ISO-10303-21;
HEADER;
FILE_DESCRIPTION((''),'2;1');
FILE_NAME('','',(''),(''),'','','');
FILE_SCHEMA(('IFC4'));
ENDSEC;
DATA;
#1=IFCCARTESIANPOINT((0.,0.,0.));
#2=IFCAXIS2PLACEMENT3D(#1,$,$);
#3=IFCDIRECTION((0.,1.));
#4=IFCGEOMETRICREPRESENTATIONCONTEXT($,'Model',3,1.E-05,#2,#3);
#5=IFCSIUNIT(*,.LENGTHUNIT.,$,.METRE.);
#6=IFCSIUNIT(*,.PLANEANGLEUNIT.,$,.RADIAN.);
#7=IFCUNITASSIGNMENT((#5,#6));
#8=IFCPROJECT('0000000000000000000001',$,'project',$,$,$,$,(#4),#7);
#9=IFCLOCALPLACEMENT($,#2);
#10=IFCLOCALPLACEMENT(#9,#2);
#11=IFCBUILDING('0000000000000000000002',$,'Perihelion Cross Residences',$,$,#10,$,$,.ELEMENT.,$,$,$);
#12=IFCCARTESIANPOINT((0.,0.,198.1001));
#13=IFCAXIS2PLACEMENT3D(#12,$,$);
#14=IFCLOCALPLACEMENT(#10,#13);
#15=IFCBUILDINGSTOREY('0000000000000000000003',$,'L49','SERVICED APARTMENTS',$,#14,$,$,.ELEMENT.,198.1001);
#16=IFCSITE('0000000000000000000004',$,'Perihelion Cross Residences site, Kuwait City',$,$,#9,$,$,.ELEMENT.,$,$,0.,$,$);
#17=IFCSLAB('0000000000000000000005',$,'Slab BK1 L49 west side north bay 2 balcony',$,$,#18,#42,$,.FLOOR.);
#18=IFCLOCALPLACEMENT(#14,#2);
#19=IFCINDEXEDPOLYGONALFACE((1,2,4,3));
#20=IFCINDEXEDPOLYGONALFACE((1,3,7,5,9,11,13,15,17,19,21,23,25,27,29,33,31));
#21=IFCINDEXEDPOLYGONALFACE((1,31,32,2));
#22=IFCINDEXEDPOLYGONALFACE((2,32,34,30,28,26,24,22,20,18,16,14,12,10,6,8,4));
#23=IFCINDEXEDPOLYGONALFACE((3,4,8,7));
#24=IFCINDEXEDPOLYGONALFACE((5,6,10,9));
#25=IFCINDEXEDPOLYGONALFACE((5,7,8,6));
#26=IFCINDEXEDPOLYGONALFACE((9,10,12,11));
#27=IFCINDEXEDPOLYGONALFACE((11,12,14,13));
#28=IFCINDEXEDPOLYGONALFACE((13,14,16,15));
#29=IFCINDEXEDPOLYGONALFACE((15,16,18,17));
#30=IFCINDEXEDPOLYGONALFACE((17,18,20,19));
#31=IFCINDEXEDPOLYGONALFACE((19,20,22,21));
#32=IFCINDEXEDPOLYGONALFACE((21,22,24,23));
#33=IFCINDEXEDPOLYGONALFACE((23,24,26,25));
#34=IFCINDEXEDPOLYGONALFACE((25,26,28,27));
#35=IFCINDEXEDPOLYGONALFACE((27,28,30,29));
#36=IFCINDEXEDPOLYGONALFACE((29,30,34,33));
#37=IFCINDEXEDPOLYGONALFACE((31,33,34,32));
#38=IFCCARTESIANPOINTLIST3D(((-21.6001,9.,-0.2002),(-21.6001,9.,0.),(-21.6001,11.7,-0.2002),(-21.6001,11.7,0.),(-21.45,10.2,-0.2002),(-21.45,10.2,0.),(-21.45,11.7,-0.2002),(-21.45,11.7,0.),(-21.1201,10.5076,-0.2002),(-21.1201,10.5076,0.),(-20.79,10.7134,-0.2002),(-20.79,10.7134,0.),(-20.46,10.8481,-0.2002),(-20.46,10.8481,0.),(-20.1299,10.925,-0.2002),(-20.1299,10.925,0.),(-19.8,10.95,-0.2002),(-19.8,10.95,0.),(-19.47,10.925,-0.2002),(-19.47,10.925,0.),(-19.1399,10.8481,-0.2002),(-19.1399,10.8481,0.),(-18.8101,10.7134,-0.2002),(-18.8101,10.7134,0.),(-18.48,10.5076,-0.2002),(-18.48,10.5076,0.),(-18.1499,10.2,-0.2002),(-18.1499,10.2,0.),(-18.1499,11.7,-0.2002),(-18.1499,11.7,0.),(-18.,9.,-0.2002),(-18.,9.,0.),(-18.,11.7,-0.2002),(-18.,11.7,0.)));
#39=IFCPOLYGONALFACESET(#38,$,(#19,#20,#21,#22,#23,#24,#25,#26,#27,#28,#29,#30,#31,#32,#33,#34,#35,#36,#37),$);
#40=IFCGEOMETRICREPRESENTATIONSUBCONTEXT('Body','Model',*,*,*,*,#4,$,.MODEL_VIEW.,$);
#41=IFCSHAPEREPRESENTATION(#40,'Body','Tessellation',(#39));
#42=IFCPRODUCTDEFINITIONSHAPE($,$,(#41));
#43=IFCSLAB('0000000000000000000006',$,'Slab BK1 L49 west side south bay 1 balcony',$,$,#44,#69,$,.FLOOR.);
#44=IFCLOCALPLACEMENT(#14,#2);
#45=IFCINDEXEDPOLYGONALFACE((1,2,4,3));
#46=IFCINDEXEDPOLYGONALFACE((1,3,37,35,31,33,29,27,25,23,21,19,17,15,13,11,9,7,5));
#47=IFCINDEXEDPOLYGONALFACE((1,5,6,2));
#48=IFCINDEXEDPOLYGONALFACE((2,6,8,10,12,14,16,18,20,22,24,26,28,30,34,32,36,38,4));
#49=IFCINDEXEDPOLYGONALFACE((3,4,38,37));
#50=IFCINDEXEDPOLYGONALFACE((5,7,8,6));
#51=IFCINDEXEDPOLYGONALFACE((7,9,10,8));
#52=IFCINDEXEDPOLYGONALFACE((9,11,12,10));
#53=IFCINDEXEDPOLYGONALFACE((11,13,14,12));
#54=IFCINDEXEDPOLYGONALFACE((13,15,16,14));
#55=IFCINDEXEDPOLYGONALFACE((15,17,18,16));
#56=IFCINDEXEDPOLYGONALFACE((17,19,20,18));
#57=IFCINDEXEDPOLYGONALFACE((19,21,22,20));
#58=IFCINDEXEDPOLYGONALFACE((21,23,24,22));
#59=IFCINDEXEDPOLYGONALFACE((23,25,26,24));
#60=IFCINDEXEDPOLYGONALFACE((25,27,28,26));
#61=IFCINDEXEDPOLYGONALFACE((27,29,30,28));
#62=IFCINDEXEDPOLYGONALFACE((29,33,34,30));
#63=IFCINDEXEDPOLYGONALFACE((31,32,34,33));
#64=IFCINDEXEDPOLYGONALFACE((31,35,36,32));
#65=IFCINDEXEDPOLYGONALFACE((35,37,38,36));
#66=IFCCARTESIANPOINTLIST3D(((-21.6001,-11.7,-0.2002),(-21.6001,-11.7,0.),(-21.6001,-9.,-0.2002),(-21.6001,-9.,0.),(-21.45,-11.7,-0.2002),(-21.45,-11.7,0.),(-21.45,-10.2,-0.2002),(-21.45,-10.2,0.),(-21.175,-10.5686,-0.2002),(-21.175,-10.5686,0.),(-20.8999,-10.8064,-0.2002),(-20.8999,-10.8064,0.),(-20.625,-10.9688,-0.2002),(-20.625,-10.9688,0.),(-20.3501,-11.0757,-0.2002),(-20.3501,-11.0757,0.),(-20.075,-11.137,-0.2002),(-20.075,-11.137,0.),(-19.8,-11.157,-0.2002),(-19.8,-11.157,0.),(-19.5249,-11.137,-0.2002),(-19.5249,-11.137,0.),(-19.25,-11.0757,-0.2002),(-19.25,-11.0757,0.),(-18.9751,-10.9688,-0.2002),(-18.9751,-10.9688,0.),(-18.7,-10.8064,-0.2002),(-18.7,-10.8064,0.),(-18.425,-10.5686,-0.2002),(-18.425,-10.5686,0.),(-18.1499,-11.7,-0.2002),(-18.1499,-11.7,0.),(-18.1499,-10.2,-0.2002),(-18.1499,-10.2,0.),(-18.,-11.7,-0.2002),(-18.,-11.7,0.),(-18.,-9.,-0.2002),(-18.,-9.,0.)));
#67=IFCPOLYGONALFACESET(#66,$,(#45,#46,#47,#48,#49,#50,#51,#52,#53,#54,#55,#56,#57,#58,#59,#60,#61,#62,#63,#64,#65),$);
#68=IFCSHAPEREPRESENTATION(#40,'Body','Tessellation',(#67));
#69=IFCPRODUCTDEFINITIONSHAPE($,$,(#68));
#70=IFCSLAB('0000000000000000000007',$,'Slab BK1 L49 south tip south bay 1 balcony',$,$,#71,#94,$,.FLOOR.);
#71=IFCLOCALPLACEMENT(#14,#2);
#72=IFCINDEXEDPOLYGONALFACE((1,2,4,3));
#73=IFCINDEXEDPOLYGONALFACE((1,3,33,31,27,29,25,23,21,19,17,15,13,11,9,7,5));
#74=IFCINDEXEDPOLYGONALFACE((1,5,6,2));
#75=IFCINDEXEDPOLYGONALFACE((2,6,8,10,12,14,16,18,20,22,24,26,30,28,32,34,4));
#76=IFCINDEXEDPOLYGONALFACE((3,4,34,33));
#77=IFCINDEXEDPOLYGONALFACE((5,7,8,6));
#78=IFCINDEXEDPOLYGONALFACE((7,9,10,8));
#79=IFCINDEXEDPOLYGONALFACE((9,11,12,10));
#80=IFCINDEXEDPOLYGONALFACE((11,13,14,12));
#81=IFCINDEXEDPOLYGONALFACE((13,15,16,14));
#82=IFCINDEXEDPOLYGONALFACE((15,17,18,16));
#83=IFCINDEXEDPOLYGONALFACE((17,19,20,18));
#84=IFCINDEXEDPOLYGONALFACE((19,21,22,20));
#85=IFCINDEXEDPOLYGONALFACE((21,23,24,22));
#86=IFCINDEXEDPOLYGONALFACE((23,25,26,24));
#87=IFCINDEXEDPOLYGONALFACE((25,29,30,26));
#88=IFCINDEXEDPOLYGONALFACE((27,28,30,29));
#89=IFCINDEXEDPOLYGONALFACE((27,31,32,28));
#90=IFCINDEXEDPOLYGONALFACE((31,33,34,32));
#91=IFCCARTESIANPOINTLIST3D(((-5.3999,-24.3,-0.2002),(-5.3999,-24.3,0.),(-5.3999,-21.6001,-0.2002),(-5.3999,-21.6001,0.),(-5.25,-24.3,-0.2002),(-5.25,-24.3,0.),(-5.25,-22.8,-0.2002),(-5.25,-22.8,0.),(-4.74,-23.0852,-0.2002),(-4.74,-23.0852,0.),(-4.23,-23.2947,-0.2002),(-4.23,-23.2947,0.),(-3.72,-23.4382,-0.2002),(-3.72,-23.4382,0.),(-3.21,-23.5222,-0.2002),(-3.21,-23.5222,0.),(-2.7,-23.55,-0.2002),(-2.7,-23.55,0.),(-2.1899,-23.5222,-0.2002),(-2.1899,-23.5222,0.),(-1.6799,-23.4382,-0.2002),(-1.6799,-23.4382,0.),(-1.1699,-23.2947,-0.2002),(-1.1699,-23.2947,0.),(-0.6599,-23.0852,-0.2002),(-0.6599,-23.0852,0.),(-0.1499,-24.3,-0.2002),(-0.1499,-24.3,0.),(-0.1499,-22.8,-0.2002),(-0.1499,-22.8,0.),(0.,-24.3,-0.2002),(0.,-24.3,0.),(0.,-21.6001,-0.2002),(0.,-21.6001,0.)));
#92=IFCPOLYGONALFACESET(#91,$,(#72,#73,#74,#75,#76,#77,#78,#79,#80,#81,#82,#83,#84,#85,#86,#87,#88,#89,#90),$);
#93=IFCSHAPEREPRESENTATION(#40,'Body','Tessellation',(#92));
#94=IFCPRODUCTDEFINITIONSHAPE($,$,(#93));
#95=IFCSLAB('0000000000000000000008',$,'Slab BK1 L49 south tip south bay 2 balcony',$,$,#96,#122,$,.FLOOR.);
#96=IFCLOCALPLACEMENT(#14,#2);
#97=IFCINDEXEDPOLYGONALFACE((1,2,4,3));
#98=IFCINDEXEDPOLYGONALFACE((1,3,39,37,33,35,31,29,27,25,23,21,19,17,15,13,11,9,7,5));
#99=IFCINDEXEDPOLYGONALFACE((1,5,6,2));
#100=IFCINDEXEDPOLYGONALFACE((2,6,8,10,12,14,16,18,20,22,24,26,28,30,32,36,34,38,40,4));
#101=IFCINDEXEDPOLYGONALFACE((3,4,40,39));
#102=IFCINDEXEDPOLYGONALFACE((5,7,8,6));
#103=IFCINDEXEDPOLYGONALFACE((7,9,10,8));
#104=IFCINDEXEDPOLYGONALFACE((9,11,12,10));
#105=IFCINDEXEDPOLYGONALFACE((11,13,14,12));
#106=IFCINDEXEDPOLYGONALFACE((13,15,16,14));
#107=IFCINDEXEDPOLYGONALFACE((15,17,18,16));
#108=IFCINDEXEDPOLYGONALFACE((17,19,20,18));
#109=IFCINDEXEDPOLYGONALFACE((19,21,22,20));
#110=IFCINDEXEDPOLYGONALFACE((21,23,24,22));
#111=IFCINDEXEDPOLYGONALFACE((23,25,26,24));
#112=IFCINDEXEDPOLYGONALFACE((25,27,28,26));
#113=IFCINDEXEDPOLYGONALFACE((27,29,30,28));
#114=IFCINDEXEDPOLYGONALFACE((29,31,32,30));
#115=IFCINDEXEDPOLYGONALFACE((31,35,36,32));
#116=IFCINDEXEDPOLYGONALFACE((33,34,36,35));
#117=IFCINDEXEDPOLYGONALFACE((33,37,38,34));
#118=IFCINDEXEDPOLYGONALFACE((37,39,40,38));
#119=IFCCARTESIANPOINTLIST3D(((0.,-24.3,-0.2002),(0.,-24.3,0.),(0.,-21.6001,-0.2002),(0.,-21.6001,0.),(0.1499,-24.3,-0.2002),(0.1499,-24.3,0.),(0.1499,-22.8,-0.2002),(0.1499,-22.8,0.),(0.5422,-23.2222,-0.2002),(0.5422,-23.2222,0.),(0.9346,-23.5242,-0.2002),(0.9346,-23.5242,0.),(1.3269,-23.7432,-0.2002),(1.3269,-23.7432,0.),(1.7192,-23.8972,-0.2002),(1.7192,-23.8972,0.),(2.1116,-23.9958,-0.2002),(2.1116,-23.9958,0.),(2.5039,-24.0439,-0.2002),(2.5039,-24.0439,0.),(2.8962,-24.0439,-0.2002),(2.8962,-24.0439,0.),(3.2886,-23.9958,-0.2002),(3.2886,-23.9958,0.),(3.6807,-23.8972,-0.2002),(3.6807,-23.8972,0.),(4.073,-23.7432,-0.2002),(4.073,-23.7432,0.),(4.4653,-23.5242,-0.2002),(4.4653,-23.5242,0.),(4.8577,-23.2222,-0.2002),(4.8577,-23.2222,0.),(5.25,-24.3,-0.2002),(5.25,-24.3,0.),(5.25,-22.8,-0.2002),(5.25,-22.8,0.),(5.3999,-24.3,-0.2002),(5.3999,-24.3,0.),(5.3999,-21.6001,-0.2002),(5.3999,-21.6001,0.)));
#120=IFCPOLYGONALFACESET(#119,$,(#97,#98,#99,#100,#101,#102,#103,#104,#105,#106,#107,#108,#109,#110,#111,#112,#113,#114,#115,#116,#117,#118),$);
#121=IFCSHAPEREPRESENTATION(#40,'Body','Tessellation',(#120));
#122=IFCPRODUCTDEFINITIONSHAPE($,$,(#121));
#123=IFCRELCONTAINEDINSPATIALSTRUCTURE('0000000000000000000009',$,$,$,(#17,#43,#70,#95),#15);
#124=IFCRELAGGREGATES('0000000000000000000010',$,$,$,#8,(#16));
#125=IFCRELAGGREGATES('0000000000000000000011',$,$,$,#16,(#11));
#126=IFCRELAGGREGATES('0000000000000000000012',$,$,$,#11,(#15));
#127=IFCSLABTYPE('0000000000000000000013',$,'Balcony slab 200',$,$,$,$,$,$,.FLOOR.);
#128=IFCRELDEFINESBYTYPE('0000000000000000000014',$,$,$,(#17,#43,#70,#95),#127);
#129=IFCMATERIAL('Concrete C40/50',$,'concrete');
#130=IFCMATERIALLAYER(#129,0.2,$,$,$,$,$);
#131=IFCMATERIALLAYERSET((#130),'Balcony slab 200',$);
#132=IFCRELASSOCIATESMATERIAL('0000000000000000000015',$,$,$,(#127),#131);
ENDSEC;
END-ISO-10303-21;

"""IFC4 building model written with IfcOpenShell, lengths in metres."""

from ifc_helpers import new_model, si_unit, direction, frame, origin, place, context, subcontext, project, spatial, polyline, outline, extrude, material, layer, layer_set, type_object, element, save


model = new_model("IFC4")

# Units and contexts
model_context = context("Model", 3, precision=1e-05, world=origin(), true_north=direction((0.0, 1.0)))
body_context = subcontext(model_context, "Body", "Model", "MODEL_VIEW")
ifc_project = project(units=[si_unit("LENGTHUNIT", "METRE"), si_unit("PLANEANGLEUNIT", "RADIAN")], contexts=[model_context])

# Site, building, storey
site_placement = place(None, origin())
site = spatial("IfcSite", under=ifc_project, at=site_placement, Name="Perihelion Cross Residences site, Kuwait City", CompositionType="ELEMENT", RefElevation=0.0)
building_placement = place(site_placement, origin())
building = spatial("IfcBuilding", under=site, at=building_placement, Name="Perihelion Cross Residences", CompositionType="ELEMENT")
storey_placement = place(building_placement, frame((0.0, 0.0, 198.1001)))
storey = spatial("IfcBuildingStorey", under=building, at=storey_placement, Name="L49", Description="SERVICED APARTMENTS", CompositionType="ELEMENT", Elevation=198.1001)

# Slabs
ifc_material_1 = material(Name="Concrete C40/50", Category="concrete")
ifc_layer_1 = layer(ifc_material_1, 0.2)
ifc_layer_set_1 = layer_set([ifc_layer_1], Name="Balcony slab 200")
slab_type_1 = type_object("IfcSlabType", Name="Balcony slab 200", PredefinedType="FLOOR", material=ifc_layer_set_1)
slab_1_placement = place(storey_placement, frame((0.0, 0.0, -0.2002)))
element("IfcSlab", 1, at=slab_1_placement, inside=storey, type_object=slab_type_1, Name="Slab BK1 L49 west side north bay 2 balcony", PredefinedType="FLOOR", context=body_context, shape_type="SweptSolid", body=[
    extrude(outline(polyline([(-18.0, 9.0), (-21.6001, 9.0), (-21.6001, 11.7), (-21.45, 11.7), (-21.45, 10.2), (-21.1201, 10.5076), (-20.79, 10.7134), (-20.46, 10.8481), (-20.1299, 10.925), (-19.8, 10.95), (-19.47, 10.925), (-19.1399, 10.8481), (-18.8101, 10.7134), (-18.48, 10.5076), (-18.1499, 10.2), (-18.1499, 11.7), (-18.0, 11.7), (-18.0, 9.0)])), origin(), (0.0, 0.0, 1.0), 0.2002),
])
slab_2_placement = place(storey_placement, frame((0.0, 0.0, -0.2002)))
element("IfcSlab", 2, at=slab_2_placement, inside=storey, type_object=slab_type_1, Name="Slab BK1 L49 west side south bay 1 balcony", PredefinedType="FLOOR", context=body_context, shape_type="SweptSolid", body=[
    extrude(outline(polyline([(-21.6001, -9.0), (-18.0, -9.0), (-18.0, -11.7), (-18.1499, -11.7), (-18.1499, -10.2), (-18.425, -10.5686), (-18.7, -10.8064), (-18.9751, -10.9688), (-19.25, -11.0757), (-19.5249, -11.137), (-19.8, -11.157), (-20.075, -11.137), (-20.3501, -11.0757), (-20.625, -10.9688), (-20.8999, -10.8064), (-21.175, -10.5686), (-21.45, -10.2), (-21.45, -11.7), (-21.6001, -11.7), (-21.6001, -9.0)])), origin(), (0.0, 0.0, 1.0), 0.2002),
])
slab_3_placement = place(storey_placement, frame((0.0, 0.0, -0.2002)))
element("IfcSlab", 3, at=slab_3_placement, inside=storey, type_object=slab_type_1, Name="Slab BK1 L49 south tip south bay 1 balcony", PredefinedType="FLOOR", context=body_context, shape_type="SweptSolid", body=[
    extrude(outline(polyline([(-5.3999, -21.6001), (0.0, -21.6001), (0.0, -24.3), (-0.1499, -24.3), (-0.1499, -22.8), (-0.6599, -23.0852), (-1.1699, -23.2947), (-1.6799, -23.4382), (-2.1899, -23.5222), (-2.7, -23.55), (-3.21, -23.5222), (-3.72, -23.4382), (-4.23, -23.2947), (-4.74, -23.0852), (-5.25, -22.8), (-5.25, -24.3), (-5.3999, -24.3), (-5.3999, -21.6001)])), origin(), (0.0, 0.0, 1.0), 0.2002),
])
slab_4_placement = place(storey_placement, frame((0.0, 0.0, -0.2002)))
element("IfcSlab", 4, at=slab_4_placement, inside=storey, type_object=slab_type_1, Name="Slab BK1 L49 south tip south bay 2 balcony", PredefinedType="FLOOR", context=body_context, shape_type="SweptSolid", body=[
    extrude(outline(polyline([(0.0, -21.6001), (5.3999, -21.6001), (5.3999, -24.3), (5.25, -24.3), (5.25, -22.8), (4.8577, -23.2222), (4.4653, -23.5242), (4.073, -23.7432), (3.6807, -23.8972), (3.2886, -23.9958), (2.8962, -24.0439), (2.5039, -24.0439), (2.1116, -23.9958), (1.7192, -23.8972), (1.3269, -23.7432), (0.9346, -23.5242), (0.5422, -23.2222), (0.1499, -22.8), (0.1499, -24.3), (0.0, -24.3), (0.0, -21.6001)])), origin(), (0.0, 0.0, 1.0), 0.2002),
])

save(model, "model.ifc")
